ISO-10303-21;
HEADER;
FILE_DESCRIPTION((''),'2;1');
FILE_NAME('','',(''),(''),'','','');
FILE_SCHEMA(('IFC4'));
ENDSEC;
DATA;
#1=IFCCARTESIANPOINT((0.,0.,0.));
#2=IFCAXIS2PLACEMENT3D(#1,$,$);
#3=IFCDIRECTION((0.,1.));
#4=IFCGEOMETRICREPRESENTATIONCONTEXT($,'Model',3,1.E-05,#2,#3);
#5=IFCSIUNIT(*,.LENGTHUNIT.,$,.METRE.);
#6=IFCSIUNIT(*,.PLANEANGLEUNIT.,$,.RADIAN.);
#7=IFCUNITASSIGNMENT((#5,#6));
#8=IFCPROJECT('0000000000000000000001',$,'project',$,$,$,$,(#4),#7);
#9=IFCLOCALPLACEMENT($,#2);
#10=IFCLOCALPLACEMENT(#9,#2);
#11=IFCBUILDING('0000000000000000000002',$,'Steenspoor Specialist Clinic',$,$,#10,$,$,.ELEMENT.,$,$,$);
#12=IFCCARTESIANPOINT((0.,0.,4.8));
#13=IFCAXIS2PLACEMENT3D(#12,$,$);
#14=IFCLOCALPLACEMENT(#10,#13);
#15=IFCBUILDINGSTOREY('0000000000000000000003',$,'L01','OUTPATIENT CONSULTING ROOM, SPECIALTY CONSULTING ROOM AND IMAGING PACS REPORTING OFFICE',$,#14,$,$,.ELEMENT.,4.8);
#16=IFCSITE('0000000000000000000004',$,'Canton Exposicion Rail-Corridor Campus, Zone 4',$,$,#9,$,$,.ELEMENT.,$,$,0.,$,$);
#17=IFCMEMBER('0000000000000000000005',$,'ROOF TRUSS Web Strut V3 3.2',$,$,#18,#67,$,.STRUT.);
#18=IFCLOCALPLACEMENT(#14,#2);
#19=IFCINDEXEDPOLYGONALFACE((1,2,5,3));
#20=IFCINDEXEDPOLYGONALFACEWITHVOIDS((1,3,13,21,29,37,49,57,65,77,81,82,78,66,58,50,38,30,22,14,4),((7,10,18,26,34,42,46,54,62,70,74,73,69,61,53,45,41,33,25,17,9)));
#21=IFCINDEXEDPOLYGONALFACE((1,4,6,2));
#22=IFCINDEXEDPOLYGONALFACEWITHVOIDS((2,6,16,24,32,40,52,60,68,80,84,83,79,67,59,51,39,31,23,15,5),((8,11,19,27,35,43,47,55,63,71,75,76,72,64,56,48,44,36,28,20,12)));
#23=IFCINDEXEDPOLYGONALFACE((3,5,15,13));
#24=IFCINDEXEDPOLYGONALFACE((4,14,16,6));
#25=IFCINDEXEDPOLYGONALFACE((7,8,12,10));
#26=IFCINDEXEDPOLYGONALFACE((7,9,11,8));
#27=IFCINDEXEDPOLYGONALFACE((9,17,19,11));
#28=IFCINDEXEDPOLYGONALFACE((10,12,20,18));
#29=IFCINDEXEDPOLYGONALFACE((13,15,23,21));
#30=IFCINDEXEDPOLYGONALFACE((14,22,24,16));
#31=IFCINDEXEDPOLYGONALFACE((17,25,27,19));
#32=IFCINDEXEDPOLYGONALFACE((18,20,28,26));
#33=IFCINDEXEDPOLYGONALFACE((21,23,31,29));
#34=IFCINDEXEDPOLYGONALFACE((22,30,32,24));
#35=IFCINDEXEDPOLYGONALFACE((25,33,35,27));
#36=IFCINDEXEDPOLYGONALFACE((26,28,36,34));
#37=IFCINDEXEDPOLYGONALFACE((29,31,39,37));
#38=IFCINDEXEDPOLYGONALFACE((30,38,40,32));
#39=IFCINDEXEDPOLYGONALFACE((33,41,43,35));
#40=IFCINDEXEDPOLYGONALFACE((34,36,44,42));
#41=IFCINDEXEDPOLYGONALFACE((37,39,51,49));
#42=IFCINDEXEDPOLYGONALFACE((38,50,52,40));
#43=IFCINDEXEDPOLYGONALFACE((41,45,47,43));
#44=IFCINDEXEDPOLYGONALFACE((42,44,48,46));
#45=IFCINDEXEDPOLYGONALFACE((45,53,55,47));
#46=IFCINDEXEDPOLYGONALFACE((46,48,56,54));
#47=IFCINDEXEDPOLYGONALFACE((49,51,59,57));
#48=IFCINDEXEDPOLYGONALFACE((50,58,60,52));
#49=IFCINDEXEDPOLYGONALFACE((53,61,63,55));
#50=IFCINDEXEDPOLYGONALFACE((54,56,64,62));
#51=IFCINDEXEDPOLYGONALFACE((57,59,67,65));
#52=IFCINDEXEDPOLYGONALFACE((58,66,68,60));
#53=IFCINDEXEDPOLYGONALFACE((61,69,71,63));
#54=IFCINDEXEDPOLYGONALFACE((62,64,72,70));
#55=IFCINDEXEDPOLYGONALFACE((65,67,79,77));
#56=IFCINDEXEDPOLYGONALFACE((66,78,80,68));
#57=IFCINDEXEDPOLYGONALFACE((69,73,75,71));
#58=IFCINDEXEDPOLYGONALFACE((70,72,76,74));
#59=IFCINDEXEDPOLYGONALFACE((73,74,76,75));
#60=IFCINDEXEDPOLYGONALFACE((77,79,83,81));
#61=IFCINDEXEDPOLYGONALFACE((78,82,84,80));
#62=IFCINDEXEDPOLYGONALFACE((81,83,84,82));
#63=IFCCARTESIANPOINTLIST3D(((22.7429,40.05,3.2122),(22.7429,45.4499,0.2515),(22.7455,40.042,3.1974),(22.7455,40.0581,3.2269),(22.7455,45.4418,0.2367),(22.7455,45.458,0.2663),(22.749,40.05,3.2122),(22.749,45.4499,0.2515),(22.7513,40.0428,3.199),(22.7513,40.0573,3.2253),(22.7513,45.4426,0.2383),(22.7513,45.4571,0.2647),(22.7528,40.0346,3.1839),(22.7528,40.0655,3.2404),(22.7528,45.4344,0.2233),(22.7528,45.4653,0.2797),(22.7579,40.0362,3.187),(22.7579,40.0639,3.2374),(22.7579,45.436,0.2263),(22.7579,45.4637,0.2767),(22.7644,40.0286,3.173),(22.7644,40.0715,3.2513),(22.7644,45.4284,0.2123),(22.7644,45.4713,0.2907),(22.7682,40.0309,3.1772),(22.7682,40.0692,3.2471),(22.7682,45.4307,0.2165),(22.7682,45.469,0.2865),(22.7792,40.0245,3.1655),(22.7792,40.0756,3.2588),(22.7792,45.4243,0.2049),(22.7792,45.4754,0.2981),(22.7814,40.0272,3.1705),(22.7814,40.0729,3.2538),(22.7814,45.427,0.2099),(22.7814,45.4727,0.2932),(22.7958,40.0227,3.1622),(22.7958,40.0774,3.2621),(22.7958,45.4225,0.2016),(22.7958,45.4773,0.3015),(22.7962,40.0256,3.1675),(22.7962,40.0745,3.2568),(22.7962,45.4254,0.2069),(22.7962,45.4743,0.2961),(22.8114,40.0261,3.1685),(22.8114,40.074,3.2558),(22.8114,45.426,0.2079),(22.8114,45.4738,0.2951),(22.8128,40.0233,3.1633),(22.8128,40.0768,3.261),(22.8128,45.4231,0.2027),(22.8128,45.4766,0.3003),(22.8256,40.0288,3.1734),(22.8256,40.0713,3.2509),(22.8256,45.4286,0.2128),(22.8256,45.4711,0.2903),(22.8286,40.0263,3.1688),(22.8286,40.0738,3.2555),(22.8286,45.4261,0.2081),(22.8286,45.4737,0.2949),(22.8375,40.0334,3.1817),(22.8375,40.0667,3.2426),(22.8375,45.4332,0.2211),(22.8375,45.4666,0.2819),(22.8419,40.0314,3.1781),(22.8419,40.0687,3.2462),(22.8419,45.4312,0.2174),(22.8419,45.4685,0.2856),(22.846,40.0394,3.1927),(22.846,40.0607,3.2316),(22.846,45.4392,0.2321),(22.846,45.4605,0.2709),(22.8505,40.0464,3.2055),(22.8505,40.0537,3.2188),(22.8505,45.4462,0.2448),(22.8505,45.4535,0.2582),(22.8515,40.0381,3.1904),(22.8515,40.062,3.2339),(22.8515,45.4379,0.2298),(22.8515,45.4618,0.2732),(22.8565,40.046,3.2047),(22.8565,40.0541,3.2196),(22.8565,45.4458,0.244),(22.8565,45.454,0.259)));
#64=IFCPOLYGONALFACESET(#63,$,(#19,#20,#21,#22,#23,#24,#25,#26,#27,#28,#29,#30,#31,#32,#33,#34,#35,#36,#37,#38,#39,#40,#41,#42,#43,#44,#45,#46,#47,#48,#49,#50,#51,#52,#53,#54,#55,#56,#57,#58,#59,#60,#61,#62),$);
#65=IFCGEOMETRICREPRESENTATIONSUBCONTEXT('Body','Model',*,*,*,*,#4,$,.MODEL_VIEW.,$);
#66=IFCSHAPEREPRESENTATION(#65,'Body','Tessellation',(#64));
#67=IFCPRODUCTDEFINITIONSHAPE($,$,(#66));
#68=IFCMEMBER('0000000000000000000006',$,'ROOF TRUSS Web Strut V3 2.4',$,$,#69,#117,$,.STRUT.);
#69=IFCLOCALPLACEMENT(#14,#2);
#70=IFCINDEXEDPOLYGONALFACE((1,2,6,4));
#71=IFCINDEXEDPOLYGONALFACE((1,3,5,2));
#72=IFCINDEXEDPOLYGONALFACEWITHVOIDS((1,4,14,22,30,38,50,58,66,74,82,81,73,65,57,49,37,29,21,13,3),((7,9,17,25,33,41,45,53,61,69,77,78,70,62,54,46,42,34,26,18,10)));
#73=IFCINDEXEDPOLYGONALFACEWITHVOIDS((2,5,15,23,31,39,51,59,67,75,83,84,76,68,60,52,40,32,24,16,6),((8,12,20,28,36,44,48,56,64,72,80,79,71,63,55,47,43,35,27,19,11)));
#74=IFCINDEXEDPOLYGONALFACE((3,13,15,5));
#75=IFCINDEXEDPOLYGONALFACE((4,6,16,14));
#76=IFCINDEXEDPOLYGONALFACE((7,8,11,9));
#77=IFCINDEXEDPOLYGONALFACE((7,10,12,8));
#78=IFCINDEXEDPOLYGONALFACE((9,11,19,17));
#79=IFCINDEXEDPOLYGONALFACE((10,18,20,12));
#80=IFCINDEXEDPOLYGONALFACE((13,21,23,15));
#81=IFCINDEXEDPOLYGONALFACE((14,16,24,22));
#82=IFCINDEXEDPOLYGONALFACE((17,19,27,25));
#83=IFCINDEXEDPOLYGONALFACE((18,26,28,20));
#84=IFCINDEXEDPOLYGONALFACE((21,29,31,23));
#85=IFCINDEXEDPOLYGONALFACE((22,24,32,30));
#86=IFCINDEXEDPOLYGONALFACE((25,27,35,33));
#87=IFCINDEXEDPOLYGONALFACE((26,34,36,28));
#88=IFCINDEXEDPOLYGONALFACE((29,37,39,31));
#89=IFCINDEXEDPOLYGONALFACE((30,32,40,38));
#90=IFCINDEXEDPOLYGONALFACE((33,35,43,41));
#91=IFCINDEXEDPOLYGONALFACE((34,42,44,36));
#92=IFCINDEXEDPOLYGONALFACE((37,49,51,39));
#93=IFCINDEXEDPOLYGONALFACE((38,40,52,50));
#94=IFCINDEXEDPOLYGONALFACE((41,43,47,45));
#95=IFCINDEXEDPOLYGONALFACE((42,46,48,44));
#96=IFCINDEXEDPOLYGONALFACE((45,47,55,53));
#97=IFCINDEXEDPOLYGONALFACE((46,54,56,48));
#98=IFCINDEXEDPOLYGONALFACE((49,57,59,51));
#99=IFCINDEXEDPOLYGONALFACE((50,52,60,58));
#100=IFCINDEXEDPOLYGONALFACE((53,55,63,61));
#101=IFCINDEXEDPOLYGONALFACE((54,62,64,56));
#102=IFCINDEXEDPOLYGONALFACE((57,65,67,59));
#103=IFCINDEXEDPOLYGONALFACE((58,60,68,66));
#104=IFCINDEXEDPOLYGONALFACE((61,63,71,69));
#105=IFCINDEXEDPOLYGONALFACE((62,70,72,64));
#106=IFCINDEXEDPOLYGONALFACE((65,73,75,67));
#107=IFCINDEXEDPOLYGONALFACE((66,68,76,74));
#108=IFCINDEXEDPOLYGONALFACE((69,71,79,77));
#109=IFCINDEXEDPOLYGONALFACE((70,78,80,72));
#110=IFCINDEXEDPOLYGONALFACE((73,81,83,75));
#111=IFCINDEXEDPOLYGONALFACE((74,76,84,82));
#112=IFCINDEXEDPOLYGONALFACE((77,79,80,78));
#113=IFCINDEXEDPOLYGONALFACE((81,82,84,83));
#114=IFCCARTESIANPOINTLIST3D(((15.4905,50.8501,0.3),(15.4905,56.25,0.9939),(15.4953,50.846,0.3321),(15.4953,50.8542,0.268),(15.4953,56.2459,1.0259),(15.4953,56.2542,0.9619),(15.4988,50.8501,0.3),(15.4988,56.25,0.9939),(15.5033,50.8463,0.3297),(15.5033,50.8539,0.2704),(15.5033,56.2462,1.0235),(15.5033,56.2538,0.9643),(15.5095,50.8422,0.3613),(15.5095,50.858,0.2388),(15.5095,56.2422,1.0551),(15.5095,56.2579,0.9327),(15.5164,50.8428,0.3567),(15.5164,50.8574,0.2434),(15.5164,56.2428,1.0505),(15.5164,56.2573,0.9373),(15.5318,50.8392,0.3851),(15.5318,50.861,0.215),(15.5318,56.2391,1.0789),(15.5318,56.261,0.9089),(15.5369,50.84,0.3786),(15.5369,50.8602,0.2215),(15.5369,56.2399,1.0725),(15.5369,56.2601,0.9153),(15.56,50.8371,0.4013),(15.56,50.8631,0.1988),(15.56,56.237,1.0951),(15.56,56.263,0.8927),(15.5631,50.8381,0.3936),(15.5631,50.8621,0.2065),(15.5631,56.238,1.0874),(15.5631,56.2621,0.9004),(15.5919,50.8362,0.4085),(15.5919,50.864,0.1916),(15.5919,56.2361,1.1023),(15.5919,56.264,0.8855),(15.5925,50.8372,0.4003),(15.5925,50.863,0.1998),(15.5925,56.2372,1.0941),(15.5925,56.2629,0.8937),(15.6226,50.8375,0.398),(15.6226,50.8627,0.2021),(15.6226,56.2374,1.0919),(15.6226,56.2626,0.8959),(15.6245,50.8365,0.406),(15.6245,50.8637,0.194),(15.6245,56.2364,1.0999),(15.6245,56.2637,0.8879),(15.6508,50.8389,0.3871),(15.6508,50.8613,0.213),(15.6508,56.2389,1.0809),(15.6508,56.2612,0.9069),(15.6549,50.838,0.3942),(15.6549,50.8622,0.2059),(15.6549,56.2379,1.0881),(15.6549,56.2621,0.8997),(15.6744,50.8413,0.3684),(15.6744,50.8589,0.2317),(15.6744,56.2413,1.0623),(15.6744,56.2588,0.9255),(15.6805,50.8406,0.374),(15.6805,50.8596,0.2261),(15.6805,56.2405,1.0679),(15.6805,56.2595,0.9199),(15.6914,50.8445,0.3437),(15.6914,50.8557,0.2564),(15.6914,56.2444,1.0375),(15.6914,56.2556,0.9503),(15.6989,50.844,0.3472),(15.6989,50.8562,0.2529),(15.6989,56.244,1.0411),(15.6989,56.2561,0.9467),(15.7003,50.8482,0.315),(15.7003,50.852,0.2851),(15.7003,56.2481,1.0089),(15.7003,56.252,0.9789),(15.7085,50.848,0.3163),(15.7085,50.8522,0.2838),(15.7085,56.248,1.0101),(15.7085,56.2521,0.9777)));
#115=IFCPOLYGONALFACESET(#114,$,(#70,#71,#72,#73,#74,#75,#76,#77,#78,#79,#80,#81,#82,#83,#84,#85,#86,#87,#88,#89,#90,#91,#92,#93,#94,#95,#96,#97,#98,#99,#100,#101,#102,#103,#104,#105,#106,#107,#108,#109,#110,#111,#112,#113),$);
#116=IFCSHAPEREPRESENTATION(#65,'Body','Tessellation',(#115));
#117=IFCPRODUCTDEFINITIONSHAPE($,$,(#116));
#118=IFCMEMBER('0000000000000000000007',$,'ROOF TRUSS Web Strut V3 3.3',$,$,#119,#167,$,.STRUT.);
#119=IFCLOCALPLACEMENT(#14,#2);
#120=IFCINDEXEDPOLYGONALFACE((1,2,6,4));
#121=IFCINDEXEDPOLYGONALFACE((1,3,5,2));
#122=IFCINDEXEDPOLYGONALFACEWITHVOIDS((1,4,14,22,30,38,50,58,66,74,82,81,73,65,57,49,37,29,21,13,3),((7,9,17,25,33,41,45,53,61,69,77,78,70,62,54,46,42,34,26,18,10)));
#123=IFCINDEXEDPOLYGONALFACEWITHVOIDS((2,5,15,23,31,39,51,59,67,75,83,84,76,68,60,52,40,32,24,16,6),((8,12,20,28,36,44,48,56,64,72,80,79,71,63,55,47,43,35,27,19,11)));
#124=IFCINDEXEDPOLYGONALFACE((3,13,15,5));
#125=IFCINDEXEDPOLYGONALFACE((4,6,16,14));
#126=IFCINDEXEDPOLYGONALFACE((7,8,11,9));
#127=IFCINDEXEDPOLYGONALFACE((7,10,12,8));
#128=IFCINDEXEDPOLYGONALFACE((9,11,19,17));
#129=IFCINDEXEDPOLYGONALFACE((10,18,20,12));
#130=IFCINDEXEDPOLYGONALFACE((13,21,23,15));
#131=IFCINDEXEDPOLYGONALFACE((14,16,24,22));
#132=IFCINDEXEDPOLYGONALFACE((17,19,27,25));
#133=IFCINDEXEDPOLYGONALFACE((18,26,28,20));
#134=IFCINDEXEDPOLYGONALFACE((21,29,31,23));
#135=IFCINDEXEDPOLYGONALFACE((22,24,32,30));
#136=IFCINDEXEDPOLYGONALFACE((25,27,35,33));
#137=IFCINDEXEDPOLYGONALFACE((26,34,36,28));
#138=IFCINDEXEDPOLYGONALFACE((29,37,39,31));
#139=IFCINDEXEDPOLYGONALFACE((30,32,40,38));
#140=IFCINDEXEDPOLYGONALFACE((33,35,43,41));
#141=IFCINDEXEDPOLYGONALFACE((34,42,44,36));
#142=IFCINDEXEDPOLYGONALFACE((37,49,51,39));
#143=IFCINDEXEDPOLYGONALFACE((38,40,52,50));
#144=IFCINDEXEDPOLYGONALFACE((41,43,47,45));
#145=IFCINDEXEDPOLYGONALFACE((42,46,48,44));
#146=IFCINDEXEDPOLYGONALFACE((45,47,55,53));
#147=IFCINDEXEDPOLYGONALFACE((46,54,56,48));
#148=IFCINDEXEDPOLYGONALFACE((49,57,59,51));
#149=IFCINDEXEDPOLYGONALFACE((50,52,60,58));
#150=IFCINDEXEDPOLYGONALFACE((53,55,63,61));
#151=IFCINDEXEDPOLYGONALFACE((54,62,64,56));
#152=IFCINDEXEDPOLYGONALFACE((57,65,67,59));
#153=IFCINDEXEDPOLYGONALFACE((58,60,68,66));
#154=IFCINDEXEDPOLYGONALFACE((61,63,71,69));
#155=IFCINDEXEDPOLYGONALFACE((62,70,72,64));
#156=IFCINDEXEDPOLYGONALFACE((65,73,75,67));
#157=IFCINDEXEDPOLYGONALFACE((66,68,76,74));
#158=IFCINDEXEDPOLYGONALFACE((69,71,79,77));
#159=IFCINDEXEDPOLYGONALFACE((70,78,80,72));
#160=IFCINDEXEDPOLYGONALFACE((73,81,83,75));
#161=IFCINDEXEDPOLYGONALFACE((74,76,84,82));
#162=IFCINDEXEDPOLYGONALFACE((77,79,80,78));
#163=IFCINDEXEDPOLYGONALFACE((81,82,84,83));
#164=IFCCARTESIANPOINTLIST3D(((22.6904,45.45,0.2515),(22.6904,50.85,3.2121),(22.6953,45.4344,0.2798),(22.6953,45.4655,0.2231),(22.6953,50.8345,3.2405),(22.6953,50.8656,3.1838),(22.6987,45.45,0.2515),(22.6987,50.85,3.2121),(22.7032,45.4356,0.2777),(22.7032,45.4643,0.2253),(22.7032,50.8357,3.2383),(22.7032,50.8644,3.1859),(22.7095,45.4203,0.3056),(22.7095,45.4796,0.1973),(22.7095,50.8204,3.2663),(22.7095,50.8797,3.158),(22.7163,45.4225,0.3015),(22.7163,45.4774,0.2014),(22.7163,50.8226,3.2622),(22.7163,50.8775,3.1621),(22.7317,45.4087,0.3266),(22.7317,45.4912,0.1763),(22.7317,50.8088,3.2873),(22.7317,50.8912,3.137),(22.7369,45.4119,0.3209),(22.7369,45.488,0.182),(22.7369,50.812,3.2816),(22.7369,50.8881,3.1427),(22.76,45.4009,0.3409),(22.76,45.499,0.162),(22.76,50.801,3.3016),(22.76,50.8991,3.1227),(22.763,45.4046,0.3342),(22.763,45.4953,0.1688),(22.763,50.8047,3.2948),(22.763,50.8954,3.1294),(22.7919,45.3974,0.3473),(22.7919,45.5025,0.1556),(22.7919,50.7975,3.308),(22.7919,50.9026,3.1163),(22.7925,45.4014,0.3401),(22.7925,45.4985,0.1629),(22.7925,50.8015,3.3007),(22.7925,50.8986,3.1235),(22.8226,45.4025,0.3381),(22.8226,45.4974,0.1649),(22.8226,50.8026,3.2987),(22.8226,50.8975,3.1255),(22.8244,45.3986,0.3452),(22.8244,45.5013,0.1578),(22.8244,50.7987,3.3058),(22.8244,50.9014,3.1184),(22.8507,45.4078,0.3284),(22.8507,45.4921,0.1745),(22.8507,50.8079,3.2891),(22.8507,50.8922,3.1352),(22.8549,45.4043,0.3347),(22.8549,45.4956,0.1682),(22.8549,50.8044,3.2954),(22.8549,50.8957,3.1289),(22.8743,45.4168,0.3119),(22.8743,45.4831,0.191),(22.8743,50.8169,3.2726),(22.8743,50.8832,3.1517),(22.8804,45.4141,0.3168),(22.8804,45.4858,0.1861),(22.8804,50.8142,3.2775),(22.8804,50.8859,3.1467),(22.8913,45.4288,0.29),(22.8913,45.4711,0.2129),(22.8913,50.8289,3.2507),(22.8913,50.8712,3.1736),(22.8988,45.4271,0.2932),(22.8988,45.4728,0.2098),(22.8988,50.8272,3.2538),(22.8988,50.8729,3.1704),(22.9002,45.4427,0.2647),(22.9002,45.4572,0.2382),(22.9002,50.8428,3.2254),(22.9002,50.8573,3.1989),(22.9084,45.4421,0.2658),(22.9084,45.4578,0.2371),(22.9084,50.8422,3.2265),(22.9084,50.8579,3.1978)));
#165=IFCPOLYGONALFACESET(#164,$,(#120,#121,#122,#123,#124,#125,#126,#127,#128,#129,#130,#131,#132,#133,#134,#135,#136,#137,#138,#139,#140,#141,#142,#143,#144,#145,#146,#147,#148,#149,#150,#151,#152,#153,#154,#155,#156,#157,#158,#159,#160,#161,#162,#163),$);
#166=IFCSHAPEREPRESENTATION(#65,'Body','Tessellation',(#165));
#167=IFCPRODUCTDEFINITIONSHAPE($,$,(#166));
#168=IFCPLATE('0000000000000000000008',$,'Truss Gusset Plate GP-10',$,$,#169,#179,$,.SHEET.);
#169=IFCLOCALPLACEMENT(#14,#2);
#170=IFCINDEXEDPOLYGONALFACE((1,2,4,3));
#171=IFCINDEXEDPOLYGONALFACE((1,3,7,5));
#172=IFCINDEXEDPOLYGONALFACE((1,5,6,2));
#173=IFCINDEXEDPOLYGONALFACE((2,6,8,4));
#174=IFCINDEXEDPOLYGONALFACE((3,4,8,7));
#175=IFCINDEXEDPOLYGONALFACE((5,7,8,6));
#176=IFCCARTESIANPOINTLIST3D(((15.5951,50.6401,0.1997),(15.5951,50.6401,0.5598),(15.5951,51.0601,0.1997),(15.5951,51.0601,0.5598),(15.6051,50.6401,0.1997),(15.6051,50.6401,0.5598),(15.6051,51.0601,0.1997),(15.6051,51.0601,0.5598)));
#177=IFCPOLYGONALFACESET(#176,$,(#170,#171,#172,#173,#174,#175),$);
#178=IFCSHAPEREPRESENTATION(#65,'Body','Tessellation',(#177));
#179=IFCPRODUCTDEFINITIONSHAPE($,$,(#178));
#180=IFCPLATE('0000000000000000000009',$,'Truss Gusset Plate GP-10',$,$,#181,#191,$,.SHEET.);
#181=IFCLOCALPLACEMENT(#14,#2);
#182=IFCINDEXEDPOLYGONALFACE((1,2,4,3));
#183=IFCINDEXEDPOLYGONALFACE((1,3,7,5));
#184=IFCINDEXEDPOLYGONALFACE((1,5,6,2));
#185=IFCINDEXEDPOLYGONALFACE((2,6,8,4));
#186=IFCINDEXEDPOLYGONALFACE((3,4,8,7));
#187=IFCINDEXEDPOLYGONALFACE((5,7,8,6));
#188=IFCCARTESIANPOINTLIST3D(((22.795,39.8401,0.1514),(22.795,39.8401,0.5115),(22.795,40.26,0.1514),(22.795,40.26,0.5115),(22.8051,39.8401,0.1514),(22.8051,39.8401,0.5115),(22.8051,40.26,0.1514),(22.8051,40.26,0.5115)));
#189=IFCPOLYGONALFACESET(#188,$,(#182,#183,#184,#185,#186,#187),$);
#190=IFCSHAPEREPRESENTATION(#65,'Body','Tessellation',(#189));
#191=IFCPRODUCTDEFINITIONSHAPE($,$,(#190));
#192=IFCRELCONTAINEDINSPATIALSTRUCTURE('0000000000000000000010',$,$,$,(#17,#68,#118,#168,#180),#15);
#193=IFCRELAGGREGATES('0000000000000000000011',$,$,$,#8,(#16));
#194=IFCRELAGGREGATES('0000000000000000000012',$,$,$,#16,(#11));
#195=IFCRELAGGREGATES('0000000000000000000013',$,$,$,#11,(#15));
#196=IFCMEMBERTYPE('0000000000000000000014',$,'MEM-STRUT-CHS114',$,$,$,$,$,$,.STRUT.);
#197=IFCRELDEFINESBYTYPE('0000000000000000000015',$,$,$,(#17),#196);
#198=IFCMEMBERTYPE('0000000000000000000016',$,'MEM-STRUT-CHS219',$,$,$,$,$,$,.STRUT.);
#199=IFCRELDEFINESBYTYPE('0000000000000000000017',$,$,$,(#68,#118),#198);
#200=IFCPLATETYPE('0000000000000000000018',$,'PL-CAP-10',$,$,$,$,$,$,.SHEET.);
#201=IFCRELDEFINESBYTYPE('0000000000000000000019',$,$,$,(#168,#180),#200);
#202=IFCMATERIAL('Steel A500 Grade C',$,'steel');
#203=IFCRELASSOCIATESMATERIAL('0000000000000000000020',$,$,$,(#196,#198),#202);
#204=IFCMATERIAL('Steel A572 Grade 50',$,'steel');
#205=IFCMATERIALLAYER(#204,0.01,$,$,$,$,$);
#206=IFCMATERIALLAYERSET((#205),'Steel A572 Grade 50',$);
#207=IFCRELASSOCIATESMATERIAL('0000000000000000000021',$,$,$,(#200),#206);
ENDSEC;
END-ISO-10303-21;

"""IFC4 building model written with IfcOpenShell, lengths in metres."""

from ifc_helpers import new_model, si_unit, direction, frame, origin, origin_2d, place, context, subcontext, project, spatial, rectangle, hollow_circle, extrude, material, layer, layer_set, material_profile, profile_set, type_object, element, save


model = new_model("IFC4")

# Units and contexts
model_context = context("Model", 3, precision=1e-05, world=origin(), true_north=direction((0.0, 1.0)))
body_context = subcontext(model_context, "Body", "Model", "MODEL_VIEW")
ifc_project = project(units=[si_unit("LENGTHUNIT", "METRE"), si_unit("PLANEANGLEUNIT", "RADIAN")], contexts=[model_context])

# Site, building, storey
site_placement = place(None, origin())
site = spatial("IfcSite", under=ifc_project, at=site_placement, Name="Canton Exposicion Rail-Corridor Campus, Zone 4", CompositionType="ELEMENT", RefElevation=0.0)
building_placement = place(site_placement, origin())
building = spatial("IfcBuilding", under=site, at=building_placement, Name="Steenspoor Specialist Clinic", CompositionType="ELEMENT")
storey_placement = place(building_placement, frame((0.0, 0.0, 4.8)))
storey = spatial("IfcBuildingStorey", under=building, at=storey_placement, Name="L01", Description="OUTPATIENT CONSULTING ROOM, SPECIALTY CONSULTING ROOM AND IMAGING PACS REPORTING OFFICE", CompositionType="ELEMENT", Elevation=4.8)

# Members
ifc_material_1 = material(Name="Steel A500 Grade C", Category="steel")
ifc_material_profile_1 = material_profile(ifc_material_1, hollow_circle(Radius=0.0571, WallThickness=0.0061, at=origin_2d()), Name="CHS114X6.0")
ifc_profile_set_1 = profile_set([ifc_material_profile_1], Name="Steel A500 Grade C")
member_type_1 = type_object("IfcMemberType", Name="MEM-STRUT-CHS114", PredefinedType="STRUT", material=ifc_profile_set_1)
member_1_placement = place(storey_placement, frame((22.8, 40.05, 3.2122), z_axis=(0.0, 0.87685, -0.480765), x_axis=(-1.0, 0.0, 0.0)))
element("IfcMember", 1, at=member_1_placement, inside=storey, type_object=member_type_1, Name="ROOF TRUSS Web Strut V3 3.2", PredefinedType="STRUT", context=body_context, shape_type="SweptSolid", body=[
    extrude(hollow_circle(Radius=0.0571, WallThickness=0.0061, at=origin_2d()), origin(), (0.0, 0.0, 1.0), 6.1582),
])
ifc_material_profile_2 = material_profile(ifc_material_1, hollow_circle(Radius=0.1096, WallThickness=0.0083, at=origin_2d()), Name="CHS219X8.2")
ifc_profile_set_2 = profile_set([ifc_material_profile_2], Name="Steel A500 Grade C")
member_type_2 = type_object("IfcMemberType", Name="MEM-STRUT-CHS219", PredefinedType="STRUT", material=ifc_profile_set_2)
member_2_placement = place(storey_placement, frame((15.6001, 50.8501, 0.3), z_axis=(0.0, 0.991846, 0.127445), x_axis=(-1.0, 0.0, 0.0)))
element("IfcMember", 2, at=member_2_placement, inside=storey, type_object=member_type_2, Name="ROOF TRUSS Web Strut V3 2.4", PredefinedType="STRUT", context=body_context, shape_type="SweptSolid", body=[
    extrude(hollow_circle(Radius=0.1096, WallThickness=0.0083, at=origin_2d()), origin(), (0.0, 0.0, 1.0), 5.4443),
])
member_3_placement = place(storey_placement, frame((22.8, 45.45, 0.2515), z_axis=(0.0, 0.876859, 0.480748), x_axis=(-1.0, 0.0, 0.0)))
element("IfcMember", 3, at=member_3_placement, inside=storey, type_object=member_type_2, Name="ROOF TRUSS Web Strut V3 3.3", PredefinedType="STRUT", context=body_context, shape_type="SweptSolid", body=[
    extrude(hollow_circle(Radius=0.1096, WallThickness=0.0083, at=origin_2d()), origin(), (0.0, 0.0, 1.0), 6.1584),
])

# Plates
ifc_material_2 = material(Name="Steel A572 Grade 50", Category="steel")
ifc_layer_1 = layer(ifc_material_2, 0.01)
ifc_layer_set_1 = layer_set([ifc_layer_1], Name="Steel A572 Grade 50")
plate_type_1 = type_object("IfcPlateType", Name="PL-CAP-10", PredefinedType="SHEET", material=ifc_layer_set_1)
for number, where, z_axis, x_axis, name in (
    (4, (15.6001, 50.8501, 0.1997), (0.0, 0.0, 1.0), (1.0, 0.0, 0.0), "Truss Gusset Plate GP-10"),
    (5, (22.8, 40.05, 0.1514), (0.0, 0.0, 1.0), (1.0, 0.0, 0.0), "Truss Gusset Plate GP-10"),
):
    element("IfcPlate", number, at=place(storey_placement, frame(where, z_axis=z_axis, x_axis=x_axis)), inside=storey, type_object=plate_type_1, Name=name, PredefinedType="SHEET", context=body_context, shape_type="SweptSolid", body=[
        extrude(rectangle(XDim=0.01, YDim=0.4199, at=origin_2d()), origin(), (0.0, 0.0, 1.0), 0.3601),
    ])

save(model, "model.ifc")
